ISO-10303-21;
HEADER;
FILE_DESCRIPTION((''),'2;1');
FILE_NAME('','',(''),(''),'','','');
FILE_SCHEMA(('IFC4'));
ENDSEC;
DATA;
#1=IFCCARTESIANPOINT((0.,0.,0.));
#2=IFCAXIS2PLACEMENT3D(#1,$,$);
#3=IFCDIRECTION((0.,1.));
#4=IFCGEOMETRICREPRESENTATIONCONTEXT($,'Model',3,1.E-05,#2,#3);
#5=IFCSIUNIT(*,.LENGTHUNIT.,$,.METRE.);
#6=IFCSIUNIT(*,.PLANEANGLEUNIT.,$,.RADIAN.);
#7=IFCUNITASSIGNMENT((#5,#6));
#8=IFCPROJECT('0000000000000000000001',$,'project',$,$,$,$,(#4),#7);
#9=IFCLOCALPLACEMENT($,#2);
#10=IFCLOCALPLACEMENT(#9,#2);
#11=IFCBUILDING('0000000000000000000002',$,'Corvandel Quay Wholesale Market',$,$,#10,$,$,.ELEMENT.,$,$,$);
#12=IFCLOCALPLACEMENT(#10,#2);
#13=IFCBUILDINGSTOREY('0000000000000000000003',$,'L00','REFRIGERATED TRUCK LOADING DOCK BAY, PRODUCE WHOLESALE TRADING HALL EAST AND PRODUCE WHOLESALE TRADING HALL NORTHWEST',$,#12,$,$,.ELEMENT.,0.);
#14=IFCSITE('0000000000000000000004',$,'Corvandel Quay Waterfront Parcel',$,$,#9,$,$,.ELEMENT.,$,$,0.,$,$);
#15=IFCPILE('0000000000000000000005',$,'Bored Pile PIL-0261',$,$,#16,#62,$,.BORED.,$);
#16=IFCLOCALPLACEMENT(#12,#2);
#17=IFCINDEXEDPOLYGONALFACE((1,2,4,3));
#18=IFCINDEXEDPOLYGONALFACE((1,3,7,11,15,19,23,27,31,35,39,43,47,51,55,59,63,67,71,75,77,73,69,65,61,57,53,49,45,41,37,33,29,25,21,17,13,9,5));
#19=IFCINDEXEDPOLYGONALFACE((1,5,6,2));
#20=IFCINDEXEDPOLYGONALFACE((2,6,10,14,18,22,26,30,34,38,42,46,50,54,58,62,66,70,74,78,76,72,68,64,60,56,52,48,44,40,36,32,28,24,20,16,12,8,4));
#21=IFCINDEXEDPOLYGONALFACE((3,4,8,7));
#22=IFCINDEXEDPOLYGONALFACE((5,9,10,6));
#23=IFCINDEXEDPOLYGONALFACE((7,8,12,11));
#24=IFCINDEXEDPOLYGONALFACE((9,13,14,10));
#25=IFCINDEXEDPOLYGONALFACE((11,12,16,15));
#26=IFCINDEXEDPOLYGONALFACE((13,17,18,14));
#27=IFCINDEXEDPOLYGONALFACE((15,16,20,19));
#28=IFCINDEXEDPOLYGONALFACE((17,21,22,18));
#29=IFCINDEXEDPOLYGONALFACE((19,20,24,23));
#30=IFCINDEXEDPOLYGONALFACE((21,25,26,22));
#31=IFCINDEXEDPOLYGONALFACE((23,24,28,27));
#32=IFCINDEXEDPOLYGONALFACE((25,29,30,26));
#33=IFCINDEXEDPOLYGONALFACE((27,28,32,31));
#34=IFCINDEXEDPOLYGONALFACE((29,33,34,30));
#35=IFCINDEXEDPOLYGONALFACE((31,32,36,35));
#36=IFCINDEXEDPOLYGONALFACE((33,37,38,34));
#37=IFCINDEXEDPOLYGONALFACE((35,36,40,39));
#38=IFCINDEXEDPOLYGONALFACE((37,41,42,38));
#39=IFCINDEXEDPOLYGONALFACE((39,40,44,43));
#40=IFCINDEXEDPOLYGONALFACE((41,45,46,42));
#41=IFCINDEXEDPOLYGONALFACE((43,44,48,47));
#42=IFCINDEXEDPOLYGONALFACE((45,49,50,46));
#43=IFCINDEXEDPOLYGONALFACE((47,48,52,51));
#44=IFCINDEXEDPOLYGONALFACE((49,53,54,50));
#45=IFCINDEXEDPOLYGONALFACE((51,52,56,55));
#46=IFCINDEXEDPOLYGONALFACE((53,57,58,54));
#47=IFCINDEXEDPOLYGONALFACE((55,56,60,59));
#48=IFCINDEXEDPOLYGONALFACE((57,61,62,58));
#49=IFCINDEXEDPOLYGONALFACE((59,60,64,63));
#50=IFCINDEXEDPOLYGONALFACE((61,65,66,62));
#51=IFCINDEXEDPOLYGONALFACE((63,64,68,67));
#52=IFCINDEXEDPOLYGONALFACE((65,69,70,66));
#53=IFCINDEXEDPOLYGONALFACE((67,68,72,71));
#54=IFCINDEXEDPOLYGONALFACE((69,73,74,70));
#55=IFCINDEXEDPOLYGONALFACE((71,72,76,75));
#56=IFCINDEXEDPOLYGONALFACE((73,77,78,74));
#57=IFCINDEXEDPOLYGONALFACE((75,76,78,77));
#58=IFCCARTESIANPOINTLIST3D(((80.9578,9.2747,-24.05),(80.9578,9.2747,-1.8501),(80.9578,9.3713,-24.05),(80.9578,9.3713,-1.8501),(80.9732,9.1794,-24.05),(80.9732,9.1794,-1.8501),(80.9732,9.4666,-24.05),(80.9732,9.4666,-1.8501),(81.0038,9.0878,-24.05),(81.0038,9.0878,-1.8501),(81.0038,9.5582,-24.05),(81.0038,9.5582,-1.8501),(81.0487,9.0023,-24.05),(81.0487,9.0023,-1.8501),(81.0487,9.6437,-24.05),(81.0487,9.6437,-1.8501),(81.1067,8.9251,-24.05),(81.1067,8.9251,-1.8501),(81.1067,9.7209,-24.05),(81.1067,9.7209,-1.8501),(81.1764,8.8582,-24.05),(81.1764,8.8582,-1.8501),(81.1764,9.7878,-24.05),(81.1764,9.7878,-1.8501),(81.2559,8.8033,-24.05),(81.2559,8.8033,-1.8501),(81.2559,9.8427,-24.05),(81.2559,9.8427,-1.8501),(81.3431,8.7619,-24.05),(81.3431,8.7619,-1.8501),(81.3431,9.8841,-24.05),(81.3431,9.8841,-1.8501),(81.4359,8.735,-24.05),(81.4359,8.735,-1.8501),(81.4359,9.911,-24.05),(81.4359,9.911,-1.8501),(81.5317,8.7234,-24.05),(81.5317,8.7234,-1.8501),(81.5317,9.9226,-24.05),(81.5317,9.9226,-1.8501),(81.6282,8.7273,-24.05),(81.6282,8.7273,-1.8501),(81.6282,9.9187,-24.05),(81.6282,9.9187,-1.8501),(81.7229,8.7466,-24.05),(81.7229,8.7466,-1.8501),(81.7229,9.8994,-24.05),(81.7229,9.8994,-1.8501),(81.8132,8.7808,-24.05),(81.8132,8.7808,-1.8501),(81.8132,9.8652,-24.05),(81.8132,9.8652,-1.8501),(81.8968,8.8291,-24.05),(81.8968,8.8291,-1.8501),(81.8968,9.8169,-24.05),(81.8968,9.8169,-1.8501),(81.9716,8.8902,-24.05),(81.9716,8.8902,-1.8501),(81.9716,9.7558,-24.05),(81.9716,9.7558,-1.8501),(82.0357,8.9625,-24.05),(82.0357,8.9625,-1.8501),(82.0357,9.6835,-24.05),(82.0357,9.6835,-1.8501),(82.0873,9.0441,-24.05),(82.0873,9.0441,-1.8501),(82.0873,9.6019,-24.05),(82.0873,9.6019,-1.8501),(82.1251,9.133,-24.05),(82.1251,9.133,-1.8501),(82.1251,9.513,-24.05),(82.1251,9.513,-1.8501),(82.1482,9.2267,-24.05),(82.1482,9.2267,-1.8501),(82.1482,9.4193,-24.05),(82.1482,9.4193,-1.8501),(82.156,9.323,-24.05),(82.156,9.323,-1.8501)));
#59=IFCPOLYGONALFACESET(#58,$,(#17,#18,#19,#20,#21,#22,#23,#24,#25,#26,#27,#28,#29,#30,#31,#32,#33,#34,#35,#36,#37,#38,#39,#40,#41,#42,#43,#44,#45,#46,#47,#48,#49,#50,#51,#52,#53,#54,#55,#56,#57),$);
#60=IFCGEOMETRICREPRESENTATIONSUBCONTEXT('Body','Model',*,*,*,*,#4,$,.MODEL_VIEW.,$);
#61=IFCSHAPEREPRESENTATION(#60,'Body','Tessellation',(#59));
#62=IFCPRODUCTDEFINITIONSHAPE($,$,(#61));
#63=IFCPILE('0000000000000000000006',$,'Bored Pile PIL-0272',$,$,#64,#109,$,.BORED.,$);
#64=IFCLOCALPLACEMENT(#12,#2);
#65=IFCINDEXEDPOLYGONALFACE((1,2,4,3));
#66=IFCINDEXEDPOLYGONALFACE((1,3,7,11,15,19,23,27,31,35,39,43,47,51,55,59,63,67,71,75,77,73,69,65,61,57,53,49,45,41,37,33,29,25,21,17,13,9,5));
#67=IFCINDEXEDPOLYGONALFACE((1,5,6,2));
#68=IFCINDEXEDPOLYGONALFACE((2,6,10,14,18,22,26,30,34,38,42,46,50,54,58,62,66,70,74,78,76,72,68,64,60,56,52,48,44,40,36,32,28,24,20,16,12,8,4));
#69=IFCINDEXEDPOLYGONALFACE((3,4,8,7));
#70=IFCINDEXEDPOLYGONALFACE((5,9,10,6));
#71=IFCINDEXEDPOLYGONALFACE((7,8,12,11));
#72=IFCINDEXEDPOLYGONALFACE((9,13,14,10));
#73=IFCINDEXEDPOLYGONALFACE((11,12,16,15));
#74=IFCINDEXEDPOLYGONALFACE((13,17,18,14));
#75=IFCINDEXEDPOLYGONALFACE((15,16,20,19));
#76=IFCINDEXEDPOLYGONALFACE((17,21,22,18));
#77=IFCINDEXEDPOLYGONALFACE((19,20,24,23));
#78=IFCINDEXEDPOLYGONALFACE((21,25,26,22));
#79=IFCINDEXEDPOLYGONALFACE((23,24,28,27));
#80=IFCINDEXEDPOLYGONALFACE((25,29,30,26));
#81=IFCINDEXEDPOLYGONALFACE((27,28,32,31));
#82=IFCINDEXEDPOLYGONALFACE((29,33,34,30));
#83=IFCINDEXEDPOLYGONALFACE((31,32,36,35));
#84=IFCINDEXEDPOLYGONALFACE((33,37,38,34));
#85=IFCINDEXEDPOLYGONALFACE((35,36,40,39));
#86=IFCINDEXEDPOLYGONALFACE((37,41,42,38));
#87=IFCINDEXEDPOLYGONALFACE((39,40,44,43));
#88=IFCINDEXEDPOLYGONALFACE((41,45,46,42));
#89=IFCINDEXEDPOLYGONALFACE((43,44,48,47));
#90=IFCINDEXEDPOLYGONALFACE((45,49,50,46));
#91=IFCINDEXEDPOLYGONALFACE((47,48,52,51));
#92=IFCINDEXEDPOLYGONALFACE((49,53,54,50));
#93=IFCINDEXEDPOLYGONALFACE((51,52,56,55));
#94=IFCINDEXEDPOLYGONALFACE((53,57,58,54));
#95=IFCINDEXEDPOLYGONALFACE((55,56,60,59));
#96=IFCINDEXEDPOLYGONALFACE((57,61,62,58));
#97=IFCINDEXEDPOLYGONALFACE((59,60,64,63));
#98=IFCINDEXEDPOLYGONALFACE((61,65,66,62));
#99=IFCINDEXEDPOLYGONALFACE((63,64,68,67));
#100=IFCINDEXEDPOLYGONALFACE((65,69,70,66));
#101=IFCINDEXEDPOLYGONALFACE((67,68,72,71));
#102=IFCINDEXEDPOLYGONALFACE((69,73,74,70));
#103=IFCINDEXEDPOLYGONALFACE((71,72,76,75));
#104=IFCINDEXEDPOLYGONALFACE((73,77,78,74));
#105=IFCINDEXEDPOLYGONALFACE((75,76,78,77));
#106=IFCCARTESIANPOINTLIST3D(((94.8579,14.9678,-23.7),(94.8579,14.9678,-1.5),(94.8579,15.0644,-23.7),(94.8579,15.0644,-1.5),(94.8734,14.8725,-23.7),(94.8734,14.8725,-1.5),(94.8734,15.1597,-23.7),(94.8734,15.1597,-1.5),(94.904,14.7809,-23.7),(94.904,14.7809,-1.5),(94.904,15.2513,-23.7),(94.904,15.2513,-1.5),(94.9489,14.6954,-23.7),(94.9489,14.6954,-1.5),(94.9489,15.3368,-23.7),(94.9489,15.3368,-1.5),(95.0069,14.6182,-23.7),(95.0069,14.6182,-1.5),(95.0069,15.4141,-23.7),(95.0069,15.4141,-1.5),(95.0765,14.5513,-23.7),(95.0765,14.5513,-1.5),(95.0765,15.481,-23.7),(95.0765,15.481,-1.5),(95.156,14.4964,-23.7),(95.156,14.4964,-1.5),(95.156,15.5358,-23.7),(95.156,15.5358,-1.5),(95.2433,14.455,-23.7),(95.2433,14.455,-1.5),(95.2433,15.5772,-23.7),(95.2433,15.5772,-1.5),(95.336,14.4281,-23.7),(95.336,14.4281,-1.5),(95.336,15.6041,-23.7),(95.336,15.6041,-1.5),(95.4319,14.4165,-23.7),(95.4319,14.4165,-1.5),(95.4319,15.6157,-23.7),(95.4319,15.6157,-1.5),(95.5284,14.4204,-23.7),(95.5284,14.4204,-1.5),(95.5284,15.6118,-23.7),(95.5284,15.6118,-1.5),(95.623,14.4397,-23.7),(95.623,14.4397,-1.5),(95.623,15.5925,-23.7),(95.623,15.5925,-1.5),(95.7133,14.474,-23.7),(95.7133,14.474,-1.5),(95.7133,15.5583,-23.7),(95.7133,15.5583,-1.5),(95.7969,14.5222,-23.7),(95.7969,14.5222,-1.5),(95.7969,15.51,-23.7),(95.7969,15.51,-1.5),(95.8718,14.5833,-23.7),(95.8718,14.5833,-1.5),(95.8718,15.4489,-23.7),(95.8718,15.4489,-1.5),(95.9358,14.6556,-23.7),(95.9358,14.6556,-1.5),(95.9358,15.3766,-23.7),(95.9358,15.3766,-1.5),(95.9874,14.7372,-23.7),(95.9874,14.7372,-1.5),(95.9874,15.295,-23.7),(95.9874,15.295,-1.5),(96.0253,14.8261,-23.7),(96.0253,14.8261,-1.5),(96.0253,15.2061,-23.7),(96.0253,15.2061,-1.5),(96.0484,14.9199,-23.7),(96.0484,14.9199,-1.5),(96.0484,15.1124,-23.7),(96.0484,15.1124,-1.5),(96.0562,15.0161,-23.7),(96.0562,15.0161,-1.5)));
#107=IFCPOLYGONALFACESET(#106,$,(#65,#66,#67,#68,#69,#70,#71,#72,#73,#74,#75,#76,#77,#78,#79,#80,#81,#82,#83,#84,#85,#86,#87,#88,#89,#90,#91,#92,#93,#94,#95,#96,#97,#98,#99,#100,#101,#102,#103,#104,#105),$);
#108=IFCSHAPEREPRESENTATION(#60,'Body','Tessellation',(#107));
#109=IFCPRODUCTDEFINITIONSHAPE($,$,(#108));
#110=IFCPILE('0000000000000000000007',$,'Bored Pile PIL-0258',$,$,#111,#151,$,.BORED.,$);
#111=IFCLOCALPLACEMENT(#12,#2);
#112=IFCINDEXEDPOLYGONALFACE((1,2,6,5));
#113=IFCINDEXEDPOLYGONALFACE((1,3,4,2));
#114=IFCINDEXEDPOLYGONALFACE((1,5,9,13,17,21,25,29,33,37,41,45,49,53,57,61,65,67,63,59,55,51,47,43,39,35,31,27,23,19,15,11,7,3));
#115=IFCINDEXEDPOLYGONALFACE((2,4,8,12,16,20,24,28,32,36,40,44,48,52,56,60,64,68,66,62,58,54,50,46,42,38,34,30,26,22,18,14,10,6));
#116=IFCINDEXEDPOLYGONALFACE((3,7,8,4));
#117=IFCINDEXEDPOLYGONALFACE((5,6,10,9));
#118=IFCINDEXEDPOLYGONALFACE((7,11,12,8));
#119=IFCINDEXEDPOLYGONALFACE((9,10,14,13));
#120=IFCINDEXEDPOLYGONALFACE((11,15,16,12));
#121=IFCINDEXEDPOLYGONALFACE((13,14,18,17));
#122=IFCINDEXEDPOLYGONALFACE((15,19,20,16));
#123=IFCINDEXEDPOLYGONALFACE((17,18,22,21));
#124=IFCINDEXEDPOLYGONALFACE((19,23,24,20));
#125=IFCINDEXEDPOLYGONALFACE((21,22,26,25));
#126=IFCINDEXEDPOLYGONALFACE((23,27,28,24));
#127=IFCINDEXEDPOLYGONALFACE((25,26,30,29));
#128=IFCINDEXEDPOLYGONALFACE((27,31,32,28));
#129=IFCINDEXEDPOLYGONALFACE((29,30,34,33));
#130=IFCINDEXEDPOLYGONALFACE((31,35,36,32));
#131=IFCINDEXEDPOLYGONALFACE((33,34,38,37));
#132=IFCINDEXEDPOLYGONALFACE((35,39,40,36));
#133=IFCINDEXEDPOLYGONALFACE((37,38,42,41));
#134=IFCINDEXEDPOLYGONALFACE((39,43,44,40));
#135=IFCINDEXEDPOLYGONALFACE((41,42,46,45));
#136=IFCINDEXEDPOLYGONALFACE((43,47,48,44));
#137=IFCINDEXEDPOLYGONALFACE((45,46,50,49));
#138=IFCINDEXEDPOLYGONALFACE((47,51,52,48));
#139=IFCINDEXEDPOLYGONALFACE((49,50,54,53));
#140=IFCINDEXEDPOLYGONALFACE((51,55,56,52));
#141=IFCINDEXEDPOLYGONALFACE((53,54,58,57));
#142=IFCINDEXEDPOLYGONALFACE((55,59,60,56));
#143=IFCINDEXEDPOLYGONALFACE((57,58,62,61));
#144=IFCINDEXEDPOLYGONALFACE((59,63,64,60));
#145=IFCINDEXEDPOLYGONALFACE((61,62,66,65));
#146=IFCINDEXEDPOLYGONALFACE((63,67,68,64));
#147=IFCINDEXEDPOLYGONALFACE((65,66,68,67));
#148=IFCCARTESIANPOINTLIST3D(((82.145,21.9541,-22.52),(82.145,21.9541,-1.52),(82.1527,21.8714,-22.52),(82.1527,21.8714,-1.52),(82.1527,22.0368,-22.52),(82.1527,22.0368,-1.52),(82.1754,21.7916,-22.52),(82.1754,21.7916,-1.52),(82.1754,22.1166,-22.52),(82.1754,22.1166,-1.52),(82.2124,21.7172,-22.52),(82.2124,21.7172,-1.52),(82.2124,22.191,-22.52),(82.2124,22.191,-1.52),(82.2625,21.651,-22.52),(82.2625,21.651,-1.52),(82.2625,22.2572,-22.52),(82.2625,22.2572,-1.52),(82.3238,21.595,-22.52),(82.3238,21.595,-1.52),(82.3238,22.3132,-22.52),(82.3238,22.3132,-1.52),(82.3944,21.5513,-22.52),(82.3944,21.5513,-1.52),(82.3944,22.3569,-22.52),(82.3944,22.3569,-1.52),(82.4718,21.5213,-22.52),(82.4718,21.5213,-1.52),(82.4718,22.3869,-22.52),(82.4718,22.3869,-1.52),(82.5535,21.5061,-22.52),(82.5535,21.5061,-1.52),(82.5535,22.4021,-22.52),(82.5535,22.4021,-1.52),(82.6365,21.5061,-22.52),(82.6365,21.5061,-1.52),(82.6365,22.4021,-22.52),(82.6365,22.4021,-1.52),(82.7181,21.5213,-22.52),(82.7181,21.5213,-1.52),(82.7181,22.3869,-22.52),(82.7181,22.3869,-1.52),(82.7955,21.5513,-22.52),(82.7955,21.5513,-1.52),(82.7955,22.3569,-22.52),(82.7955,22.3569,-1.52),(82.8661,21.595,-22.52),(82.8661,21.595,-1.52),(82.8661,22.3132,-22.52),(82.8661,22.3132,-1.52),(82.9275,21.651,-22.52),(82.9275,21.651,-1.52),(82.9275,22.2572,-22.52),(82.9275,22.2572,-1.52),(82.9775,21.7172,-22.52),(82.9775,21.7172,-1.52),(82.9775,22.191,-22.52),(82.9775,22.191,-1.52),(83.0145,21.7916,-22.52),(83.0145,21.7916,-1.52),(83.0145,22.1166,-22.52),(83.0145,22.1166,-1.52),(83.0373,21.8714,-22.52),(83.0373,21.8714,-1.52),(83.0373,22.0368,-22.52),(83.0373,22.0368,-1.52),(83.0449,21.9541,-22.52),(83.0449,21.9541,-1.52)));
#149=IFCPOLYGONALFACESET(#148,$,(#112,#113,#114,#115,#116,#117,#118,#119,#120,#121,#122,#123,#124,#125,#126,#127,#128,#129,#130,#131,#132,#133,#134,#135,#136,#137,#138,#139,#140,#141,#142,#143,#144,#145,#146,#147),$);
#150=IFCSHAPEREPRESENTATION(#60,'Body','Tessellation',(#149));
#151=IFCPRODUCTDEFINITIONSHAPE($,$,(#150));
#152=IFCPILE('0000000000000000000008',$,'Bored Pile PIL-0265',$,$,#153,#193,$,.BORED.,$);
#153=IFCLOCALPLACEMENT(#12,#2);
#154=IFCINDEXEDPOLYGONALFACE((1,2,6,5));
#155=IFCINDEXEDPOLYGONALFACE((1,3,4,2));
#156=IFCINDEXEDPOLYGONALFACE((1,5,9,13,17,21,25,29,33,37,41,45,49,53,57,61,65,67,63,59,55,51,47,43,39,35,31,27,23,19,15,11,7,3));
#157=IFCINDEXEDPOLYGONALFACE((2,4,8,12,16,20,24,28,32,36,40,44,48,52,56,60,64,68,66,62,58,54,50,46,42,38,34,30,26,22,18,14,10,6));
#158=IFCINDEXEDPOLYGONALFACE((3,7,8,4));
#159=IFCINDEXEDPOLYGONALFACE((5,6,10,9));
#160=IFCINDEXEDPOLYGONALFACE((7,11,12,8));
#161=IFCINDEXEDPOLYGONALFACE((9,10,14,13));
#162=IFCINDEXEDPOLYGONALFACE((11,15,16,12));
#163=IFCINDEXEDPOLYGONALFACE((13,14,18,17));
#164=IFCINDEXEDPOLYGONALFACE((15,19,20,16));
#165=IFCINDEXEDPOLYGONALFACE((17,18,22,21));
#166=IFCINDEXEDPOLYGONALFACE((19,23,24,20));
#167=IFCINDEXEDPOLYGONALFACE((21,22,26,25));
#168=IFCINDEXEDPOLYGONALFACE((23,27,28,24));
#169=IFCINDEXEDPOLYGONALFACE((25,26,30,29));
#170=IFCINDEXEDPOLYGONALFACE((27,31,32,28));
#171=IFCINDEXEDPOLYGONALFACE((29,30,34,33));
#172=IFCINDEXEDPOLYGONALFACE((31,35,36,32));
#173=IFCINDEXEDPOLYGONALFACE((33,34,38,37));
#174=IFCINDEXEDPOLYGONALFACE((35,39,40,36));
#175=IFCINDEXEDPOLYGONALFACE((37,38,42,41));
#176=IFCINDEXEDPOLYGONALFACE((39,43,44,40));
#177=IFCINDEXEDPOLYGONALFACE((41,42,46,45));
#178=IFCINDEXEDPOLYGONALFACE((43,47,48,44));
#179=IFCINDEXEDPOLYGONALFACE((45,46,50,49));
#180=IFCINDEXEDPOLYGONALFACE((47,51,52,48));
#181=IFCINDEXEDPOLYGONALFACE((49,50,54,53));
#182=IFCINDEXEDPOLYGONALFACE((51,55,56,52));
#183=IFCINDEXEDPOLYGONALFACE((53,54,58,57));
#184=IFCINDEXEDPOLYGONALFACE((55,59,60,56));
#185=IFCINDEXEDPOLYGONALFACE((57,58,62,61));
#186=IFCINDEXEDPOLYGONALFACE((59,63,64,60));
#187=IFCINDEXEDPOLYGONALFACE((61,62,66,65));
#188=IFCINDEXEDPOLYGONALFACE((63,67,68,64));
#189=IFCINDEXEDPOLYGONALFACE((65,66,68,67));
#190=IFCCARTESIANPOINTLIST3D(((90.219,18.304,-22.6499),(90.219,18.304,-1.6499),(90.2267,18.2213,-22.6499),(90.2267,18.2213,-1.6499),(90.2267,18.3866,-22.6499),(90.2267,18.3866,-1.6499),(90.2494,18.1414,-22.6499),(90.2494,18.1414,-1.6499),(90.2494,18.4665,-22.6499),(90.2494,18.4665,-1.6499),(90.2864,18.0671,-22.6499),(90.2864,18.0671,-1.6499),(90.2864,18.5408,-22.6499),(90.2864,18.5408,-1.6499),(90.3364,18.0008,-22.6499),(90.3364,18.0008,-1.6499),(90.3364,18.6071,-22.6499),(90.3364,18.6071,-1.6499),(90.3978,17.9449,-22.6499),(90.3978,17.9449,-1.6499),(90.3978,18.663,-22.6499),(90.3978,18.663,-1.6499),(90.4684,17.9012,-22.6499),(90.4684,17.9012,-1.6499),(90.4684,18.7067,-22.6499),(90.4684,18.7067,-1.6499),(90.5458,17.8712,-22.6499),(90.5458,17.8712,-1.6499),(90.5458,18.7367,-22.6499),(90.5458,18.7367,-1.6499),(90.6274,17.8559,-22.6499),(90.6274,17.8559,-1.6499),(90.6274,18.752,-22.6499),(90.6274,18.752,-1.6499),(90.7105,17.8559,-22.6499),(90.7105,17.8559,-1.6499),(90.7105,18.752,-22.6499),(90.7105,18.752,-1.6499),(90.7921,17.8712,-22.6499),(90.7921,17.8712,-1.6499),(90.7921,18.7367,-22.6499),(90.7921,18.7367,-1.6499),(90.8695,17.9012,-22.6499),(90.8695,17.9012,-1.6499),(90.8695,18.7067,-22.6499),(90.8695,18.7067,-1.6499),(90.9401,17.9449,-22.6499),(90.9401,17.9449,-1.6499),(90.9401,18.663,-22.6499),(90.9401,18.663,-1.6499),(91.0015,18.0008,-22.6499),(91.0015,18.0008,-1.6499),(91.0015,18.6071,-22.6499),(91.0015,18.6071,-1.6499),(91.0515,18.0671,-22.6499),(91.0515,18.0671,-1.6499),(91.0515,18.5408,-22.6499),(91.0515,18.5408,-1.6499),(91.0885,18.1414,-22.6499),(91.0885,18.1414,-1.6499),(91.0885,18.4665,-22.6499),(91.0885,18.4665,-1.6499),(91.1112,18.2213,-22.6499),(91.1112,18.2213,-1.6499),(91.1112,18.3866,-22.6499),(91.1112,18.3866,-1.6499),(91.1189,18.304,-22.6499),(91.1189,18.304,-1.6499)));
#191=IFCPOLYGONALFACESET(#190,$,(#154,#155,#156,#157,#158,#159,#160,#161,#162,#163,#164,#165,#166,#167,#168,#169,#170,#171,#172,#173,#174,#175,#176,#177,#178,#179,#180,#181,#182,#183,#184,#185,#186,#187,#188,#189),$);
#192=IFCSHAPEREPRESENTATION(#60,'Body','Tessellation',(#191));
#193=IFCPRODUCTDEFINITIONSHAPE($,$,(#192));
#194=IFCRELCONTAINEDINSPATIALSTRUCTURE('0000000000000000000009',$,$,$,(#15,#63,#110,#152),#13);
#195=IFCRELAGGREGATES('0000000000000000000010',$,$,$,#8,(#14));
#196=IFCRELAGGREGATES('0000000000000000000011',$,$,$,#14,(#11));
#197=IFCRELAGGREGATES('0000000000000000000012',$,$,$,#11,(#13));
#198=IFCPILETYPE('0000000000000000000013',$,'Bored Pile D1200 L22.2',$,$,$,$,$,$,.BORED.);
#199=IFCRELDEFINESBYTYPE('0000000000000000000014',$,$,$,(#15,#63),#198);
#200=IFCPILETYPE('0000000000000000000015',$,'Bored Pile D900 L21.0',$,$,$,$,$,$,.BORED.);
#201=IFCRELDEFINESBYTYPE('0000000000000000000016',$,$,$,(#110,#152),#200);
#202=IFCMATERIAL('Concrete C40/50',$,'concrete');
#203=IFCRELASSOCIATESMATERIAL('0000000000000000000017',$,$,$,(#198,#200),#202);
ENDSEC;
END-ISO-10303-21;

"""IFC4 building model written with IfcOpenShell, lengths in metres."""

from ifc_helpers import new_model, si_unit, direction, frame, origin, origin_2d, place, context, subcontext, project, spatial, circle, extrude, material, material_profile, profile_set, type_object, element, save


model = new_model("IFC4")

# Units and contexts
model_context = context("Model", 3, precision=1e-05, world=origin(), true_north=direction((0.0, 1.0)))
body_context = subcontext(model_context, "Body", "Model", "MODEL_VIEW")
ifc_project = project(units=[si_unit("LENGTHUNIT", "METRE"), si_unit("PLANEANGLEUNIT", "RADIAN")], contexts=[model_context])

# Site, building, storey
site_placement = place(None, origin())
site = spatial("IfcSite", under=ifc_project, at=site_placement, Name="Corvandel Quay Waterfront Parcel", CompositionType="ELEMENT", RefElevation=0.0)
building_placement = place(site_placement, origin())
building = spatial("IfcBuilding", under=site, at=building_placement, Name="Corvandel Quay Wholesale Market", CompositionType="ELEMENT")
storey_placement = place(building_placement, origin())
storey = spatial("IfcBuildingStorey", under=building, at=storey_placement, Name="L00", Description="REFRIGERATED TRUCK LOADING DOCK BAY, PRODUCE WHOLESALE TRADING HALL EAST AND PRODUCE WHOLESALE TRADING HALL NORTHWEST", CompositionType="ELEMENT", Elevation=0.0)

# Piles
ifc_material_1 = material(Name="Concrete C40/50", Category="concrete")
ifc_material_profile_1 = material_profile(ifc_material_1, circle(Radius=0.6001, at=origin_2d()), Name="RC-PILE-D1200")
ifc_profile_set_1 = profile_set([ifc_material_profile_1], Name="Concrete C40/50")
pile_type_1 = type_object("IfcPileType", Name="Bored Pile D1200 L22.2", PredefinedType="BORED", material=ifc_profile_set_1)
for number, where, z_axis, x_axis, name in (
    (1, (81.5559, 9.323, -1.8501), (0.0, 0.0, -1.0), (1.0, 0.0, 0.0), "Bored Pile PIL-0261"),
    (2, (95.4561, 15.0161, -1.5), (0.0, 0.0, -1.0), (1.0, 0.0, 0.0), "Bored Pile PIL-0272"),
):
    element("IfcPile", number, at=place(storey_placement, frame(where, z_axis=z_axis, x_axis=x_axis)), inside=storey, type_object=pile_type_1, Name=name, PredefinedType="BORED", context=body_context, shape_type="SweptSolid", body=[
        extrude(circle(Radius=0.6001, at=origin_2d()), origin(), (0.0, 0.0, 1.0), 22.2),
    ])
ifc_material_profile_2 = material_profile(ifc_material_1, circle(Radius=0.45, at=origin_2d()), Name="RC-PILE-D900")
ifc_profile_set_2 = profile_set([ifc_material_profile_2], Name="Concrete C40/50")
pile_type_2 = type_object("IfcPileType", Name="Bored Pile D900 L21.0", PredefinedType="BORED", material=ifc_profile_set_2)
for number, where, z_axis, x_axis, name in (
    (3, (82.595, 21.9541, -1.52), (0.0, 0.0, -1.0), (1.0, 0.0, 0.0), "Bored Pile PIL-0258"),
    (4, (90.6689, 18.304, -1.6499), (0.0, 0.0, -1.0), (1.0, 0.0, 0.0), "Bored Pile PIL-0265"),
):
    element("IfcPile", number, at=place(storey_placement, frame(where, z_axis=z_axis, x_axis=x_axis)), inside=storey, type_object=pile_type_2, Name=name, PredefinedType="BORED", context=body_context, shape_type="SweptSolid", body=[
        extrude(circle(Radius=0.45, at=origin_2d()), origin(), (0.0, 0.0, 1.0), 21.0),
    ])

save(model, "model.ifc")
